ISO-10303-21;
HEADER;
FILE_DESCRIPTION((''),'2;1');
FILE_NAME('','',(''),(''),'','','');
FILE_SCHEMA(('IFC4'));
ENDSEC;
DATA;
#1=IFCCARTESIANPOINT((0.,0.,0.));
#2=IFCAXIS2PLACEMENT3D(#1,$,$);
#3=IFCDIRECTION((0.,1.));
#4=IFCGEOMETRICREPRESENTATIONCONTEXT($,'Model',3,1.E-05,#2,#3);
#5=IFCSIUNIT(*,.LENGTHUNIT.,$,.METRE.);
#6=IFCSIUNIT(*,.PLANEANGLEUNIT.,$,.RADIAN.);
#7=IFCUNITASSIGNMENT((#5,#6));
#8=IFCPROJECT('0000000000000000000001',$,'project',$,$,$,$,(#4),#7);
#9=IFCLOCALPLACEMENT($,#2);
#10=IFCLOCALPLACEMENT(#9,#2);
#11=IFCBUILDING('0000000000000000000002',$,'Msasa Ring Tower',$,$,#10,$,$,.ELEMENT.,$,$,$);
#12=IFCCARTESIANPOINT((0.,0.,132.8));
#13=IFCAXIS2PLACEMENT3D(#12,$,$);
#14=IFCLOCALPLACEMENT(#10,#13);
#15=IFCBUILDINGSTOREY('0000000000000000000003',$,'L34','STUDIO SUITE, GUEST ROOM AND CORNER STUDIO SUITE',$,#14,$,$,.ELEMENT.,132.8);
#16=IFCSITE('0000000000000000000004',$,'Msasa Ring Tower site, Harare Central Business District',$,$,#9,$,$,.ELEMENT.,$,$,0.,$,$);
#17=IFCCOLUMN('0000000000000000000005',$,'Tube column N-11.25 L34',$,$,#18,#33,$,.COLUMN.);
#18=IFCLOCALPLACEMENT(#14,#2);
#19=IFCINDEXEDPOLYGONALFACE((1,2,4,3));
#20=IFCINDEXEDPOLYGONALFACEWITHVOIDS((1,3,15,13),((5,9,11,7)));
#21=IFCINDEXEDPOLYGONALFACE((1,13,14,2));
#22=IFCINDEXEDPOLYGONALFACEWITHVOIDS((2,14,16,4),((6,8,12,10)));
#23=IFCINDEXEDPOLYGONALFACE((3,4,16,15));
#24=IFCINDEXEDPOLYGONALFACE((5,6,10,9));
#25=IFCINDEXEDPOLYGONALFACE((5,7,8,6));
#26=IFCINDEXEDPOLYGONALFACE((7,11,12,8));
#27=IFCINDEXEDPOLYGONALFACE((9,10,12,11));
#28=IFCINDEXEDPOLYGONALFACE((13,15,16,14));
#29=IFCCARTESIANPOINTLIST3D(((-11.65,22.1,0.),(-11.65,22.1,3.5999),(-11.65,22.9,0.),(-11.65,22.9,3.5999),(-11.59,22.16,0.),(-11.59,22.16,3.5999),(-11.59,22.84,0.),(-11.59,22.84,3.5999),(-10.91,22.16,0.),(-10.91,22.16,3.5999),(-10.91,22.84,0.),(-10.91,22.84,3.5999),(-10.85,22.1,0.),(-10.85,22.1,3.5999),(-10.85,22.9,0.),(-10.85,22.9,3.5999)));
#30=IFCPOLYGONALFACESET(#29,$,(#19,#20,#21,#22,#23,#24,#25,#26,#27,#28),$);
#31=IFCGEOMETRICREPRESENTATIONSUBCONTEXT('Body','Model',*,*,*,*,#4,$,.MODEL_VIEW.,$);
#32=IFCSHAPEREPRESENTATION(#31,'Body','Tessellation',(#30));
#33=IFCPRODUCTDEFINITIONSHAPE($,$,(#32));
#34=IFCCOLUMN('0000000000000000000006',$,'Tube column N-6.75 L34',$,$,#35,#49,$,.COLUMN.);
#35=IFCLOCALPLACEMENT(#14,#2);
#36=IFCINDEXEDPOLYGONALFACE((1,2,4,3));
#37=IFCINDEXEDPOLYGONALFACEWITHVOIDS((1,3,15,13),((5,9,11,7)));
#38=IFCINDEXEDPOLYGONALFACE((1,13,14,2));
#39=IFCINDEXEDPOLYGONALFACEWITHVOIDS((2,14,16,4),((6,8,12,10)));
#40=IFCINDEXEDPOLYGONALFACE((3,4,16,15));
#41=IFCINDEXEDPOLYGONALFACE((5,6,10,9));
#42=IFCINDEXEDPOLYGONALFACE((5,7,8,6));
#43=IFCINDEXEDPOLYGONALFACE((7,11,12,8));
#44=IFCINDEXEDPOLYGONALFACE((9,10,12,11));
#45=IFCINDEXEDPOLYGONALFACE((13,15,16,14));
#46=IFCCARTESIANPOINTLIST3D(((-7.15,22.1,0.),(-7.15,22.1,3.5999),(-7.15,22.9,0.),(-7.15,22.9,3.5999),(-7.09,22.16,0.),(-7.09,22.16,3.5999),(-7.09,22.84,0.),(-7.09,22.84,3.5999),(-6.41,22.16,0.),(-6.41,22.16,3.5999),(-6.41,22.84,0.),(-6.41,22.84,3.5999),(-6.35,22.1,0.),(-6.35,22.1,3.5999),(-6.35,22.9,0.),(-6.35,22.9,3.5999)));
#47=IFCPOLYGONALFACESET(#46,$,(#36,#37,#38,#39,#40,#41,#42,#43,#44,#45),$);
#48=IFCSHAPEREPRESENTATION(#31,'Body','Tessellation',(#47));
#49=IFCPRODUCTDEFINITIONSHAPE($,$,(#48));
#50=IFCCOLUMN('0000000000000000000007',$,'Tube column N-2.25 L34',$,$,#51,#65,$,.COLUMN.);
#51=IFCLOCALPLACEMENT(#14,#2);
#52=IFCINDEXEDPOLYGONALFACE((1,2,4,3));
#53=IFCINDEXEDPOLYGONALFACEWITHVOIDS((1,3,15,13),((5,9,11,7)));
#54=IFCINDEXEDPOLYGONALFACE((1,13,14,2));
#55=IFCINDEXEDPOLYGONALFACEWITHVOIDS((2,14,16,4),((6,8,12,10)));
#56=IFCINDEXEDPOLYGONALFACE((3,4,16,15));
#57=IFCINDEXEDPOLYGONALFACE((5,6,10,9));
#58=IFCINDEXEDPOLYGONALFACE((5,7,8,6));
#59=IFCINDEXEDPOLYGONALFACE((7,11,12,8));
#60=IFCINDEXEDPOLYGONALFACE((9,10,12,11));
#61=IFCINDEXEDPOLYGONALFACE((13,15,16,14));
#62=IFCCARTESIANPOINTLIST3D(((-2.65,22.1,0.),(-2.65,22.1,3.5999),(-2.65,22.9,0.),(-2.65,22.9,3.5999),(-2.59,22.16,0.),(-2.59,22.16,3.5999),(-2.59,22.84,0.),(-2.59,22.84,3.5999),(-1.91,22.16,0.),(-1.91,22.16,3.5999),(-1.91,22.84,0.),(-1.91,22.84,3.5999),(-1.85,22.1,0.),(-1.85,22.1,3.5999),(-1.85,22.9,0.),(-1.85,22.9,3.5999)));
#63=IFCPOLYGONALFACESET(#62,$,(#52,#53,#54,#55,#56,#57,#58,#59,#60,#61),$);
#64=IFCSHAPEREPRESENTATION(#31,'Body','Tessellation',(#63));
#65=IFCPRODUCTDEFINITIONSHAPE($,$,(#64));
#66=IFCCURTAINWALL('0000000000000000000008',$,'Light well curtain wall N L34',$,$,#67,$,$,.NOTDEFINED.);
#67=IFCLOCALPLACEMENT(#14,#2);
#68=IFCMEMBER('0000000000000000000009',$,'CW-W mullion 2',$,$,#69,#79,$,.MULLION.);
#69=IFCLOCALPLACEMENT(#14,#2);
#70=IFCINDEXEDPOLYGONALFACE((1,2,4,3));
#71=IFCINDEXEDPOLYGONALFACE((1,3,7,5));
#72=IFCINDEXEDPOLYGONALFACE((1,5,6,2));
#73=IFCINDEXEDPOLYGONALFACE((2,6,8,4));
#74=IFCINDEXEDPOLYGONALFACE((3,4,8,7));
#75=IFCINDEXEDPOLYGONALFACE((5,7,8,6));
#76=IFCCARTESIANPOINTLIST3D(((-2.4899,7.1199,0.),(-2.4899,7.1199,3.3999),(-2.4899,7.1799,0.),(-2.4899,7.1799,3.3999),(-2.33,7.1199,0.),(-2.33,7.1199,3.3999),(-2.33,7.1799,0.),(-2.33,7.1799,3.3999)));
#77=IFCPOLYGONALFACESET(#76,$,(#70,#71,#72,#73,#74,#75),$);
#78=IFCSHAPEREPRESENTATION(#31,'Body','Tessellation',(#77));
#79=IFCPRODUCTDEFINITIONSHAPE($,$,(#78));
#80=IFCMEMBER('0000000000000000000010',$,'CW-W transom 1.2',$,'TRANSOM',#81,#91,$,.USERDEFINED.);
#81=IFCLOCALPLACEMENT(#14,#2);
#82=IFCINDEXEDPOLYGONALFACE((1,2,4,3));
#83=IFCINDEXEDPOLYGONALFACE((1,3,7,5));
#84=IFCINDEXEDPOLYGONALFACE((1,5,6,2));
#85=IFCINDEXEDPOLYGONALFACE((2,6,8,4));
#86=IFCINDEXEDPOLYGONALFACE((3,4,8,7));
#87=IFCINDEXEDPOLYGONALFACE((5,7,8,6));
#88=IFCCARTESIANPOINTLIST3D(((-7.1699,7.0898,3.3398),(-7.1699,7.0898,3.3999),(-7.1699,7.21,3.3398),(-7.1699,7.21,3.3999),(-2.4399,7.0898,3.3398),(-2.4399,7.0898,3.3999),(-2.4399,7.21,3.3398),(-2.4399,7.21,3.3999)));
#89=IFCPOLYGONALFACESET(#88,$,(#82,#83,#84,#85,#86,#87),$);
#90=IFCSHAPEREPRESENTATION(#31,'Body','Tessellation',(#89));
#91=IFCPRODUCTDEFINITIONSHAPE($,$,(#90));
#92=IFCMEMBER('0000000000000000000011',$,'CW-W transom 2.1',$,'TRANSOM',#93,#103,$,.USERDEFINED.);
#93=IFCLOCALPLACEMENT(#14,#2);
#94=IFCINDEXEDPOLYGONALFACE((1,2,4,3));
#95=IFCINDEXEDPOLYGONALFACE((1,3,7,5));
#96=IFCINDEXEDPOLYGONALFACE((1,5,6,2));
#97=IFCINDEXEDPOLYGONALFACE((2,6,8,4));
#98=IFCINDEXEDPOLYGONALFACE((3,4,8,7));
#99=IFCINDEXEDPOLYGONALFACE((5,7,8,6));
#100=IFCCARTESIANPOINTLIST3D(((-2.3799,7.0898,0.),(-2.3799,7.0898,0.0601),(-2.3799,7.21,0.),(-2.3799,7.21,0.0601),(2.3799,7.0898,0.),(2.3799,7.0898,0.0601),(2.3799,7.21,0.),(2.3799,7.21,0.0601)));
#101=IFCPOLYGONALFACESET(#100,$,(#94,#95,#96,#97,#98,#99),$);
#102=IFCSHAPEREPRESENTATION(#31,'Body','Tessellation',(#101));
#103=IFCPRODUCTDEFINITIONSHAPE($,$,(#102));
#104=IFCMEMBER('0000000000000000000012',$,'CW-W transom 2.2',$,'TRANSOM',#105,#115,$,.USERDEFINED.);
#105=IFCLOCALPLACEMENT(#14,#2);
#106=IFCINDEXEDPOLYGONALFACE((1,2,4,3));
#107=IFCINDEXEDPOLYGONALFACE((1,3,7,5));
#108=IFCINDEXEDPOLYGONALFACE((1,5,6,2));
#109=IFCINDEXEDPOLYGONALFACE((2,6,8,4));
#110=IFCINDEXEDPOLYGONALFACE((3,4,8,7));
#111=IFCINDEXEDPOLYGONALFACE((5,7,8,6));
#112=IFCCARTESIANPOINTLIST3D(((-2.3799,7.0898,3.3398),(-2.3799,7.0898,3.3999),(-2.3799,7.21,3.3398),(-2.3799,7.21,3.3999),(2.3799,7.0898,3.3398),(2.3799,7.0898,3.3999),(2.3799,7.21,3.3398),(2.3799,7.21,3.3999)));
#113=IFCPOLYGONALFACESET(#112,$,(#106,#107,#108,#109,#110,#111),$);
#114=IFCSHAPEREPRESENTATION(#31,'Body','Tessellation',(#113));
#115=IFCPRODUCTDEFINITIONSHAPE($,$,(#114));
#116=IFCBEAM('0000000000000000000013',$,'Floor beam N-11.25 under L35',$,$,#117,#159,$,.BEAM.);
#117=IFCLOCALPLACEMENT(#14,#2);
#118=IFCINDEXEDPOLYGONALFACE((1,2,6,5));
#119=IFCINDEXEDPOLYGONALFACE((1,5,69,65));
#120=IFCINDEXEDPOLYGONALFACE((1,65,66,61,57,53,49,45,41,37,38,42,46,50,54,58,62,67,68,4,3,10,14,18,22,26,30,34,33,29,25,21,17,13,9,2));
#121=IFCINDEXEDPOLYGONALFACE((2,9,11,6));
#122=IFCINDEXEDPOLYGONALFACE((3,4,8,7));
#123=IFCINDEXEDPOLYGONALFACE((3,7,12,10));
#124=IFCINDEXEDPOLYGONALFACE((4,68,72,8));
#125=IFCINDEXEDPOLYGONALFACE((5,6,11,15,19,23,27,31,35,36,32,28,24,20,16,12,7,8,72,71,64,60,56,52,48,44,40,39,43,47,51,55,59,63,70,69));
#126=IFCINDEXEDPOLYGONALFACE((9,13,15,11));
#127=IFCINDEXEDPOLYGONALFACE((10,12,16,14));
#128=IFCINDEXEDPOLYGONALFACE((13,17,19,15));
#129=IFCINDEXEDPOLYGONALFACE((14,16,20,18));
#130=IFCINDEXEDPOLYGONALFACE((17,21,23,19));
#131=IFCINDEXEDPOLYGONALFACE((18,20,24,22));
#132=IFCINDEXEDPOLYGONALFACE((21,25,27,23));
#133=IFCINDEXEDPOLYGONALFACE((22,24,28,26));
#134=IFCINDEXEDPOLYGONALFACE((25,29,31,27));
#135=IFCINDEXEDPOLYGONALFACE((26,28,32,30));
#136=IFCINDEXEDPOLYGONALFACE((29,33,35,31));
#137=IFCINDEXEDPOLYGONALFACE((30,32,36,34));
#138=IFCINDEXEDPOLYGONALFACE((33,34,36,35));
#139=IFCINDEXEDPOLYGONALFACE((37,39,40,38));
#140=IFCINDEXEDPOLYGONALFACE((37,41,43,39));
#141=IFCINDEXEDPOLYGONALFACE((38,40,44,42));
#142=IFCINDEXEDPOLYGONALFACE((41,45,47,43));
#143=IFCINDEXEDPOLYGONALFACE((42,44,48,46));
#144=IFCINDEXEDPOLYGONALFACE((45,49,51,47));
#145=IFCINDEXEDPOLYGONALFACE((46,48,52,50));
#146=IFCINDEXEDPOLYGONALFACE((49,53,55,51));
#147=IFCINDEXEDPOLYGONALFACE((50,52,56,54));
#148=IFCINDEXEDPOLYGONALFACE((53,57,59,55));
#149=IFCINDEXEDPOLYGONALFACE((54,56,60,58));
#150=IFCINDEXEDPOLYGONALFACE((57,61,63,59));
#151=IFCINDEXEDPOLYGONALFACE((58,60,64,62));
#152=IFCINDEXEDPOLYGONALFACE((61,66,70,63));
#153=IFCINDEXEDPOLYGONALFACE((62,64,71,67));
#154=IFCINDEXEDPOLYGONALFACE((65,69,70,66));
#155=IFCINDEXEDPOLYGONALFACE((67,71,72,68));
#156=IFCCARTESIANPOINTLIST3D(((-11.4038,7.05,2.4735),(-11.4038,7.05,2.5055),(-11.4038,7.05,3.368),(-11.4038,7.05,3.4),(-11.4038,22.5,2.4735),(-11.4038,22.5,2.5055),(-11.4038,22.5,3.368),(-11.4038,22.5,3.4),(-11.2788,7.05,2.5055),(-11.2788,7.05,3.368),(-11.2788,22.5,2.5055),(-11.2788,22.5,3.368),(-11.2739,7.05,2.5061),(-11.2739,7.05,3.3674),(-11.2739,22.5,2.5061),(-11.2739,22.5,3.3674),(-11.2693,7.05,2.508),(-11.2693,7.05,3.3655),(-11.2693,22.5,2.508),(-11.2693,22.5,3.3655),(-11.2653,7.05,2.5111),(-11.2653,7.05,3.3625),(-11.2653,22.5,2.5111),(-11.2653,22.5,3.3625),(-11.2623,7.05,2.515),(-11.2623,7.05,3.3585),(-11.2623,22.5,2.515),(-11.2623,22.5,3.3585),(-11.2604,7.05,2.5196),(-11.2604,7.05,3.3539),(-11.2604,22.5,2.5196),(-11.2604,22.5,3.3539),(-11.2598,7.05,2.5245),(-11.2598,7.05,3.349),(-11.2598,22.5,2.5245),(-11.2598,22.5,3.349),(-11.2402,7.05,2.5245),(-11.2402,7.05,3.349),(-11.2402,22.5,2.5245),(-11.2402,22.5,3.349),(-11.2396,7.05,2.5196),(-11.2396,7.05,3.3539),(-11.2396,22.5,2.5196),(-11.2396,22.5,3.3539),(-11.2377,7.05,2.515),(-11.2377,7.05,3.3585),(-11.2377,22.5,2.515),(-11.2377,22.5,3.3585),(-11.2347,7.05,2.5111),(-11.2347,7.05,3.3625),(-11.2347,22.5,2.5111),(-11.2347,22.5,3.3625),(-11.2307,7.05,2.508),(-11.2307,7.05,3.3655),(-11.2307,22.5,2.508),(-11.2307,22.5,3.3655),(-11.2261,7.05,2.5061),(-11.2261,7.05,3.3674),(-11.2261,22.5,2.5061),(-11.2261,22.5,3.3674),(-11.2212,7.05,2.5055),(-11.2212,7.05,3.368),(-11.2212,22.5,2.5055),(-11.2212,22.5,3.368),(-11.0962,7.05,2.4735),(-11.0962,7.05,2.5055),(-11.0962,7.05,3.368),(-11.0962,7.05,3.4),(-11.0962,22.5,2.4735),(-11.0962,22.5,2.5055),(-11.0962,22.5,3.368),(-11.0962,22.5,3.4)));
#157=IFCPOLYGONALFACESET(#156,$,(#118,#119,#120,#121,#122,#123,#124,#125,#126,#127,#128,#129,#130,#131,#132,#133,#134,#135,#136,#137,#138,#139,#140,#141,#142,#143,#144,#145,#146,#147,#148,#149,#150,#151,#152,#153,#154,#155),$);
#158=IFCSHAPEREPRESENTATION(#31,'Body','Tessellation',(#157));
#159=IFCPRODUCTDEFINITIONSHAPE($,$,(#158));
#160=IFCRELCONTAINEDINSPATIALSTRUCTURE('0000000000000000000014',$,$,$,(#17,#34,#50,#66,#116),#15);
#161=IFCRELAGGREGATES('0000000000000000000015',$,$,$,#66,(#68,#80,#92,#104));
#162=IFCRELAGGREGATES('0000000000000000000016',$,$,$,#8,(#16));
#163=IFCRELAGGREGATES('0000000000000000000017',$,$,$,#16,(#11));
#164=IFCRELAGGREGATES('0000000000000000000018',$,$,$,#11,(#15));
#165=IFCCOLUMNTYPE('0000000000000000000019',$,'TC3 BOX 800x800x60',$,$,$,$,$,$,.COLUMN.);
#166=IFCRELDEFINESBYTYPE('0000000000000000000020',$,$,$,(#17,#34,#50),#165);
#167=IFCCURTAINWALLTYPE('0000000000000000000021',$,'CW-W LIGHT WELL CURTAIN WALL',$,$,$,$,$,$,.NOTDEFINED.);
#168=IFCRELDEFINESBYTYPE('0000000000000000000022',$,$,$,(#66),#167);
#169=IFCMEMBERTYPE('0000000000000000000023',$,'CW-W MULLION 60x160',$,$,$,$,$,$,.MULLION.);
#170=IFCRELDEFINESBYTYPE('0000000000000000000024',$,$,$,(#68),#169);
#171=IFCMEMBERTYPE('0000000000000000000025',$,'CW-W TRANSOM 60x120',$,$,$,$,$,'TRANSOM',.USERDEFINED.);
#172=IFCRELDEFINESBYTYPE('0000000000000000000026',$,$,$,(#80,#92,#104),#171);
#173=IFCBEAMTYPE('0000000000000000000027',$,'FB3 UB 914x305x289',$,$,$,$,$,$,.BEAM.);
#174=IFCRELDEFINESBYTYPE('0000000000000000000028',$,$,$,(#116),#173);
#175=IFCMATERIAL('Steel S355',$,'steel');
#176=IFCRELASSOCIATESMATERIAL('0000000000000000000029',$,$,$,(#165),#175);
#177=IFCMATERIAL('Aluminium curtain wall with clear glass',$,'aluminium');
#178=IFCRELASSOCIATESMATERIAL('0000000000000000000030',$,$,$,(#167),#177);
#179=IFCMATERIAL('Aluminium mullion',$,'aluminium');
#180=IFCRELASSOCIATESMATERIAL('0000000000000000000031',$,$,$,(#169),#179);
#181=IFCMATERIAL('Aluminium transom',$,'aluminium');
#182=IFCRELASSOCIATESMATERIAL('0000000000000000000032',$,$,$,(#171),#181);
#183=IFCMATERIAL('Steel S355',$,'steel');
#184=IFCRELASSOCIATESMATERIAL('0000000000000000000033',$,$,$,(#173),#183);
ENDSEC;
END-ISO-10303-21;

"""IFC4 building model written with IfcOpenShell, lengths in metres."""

from ifc_helpers import new_model, si_unit, direction, frame, origin, origin_2d, place, context, subcontext, project, spatial, rectangle, hollow_rectangle, i_section, extrude, material, material_profile, profile_set, type_object, element, aggregate, save


model = new_model("IFC4")

# Units and contexts
model_context = context("Model", 3, precision=1e-05, world=origin(), true_north=direction((0.0, 1.0)))
body_context = subcontext(model_context, "Body", "Model", "MODEL_VIEW")
ifc_project = project(units=[si_unit("LENGTHUNIT", "METRE"), si_unit("PLANEANGLEUNIT", "RADIAN")], contexts=[model_context])

# Site, building, storey
site_placement = place(None, origin())
site = spatial("IfcSite", under=ifc_project, at=site_placement, Name="Msasa Ring Tower site, Harare Central Business District", CompositionType="ELEMENT", RefElevation=0.0)
building_placement = place(site_placement, origin())
building = spatial("IfcBuilding", under=site, at=building_placement, Name="Msasa Ring Tower", CompositionType="ELEMENT")
storey_placement = place(building_placement, frame((0.0, 0.0, 132.8)))
storey = spatial("IfcBuildingStorey", under=building, at=storey_placement, Name="L34", Description="STUDIO SUITE, GUEST ROOM AND CORNER STUDIO SUITE", CompositionType="ELEMENT", Elevation=132.8)

# Columns
ifc_material_1 = material(Name="Steel S355", Category="steel")
ifc_material_profile_1 = material_profile(ifc_material_1, hollow_rectangle(XDim=0.8, YDim=0.8, WallThickness=0.0601, at=origin_2d()), Name="BOX 800x800x60")
ifc_profile_set_1 = profile_set([ifc_material_profile_1], Name="Steel S355")
column_type = type_object("IfcColumnType", Name="TC3 BOX 800x800x60", PredefinedType="COLUMN", material=ifc_profile_set_1)
for number, where, z_axis, x_axis, name in (
    (1, (-11.25, 22.5, 0.0), (0.0, 0.0, 1.0), (0.0, 1.0, 0.0), "Tube column N-11.25 L34"),
    (2, (-6.75, 22.5, 0.0), (0.0, 0.0, 1.0), (0.0, 1.0, 0.0), "Tube column N-6.75 L34"),
    (3, (-2.25, 22.5, 0.0), (0.0, 0.0, 1.0), (0.0, 1.0, 0.0), "Tube column N-2.25 L34"),
):
    element("IfcColumn", number, at=place(storey_placement, frame(where, z_axis=z_axis, x_axis=x_axis)), inside=storey, type_object=column_type, Name=name, PredefinedType="COLUMN", context=body_context, shape_type="SweptSolid", body=[
        extrude(hollow_rectangle(XDim=0.8, YDim=0.8, WallThickness=0.0601, at=origin_2d()), origin(), (0.0, 0.0, 1.0), 3.5999),
    ])

# Curtain wall, members
ifc_material_2 = material(Name="Aluminium curtain wall with clear glass", Category="aluminium")
curtain_wall_type = type_object("IfcCurtainWallType", Name="CW-W LIGHT WELL CURTAIN WALL", PredefinedType="NOTDEFINED", material=ifc_material_2)
curtain_wall_placement = place(storey_placement, origin())
curtain_wall = element("IfcCurtainWall", 4, at=curtain_wall_placement, inside=storey, type_object=curtain_wall_type, Name="Light well curtain wall N L34", PredefinedType="NOTDEFINED")
ifc_material_3 = material(Name="Aluminium mullion", Category="aluminium")
ifc_material_profile_2 = material_profile(ifc_material_3, rectangle(XDim=0.0601, YDim=0.1599, at=origin_2d()), Name="AL 60x160")
ifc_profile_set_2 = profile_set([ifc_material_profile_2], Name="Aluminium mullion")
member_type_1 = type_object("IfcMemberType", Name="CW-W MULLION 60x160", PredefinedType="MULLION", material=ifc_profile_set_2)
member_1_placement = place(storey_placement, frame((-2.4099, 7.1499, 0.0), z_axis=(0.0, 0.0, 1.0), x_axis=(0.0, 1.0, 0.0)))
member_1 = element("IfcMember", 5, at=member_1_placement, type_object=member_type_1, Name="CW-W mullion 2", PredefinedType="MULLION", context=body_context, shape_type="SweptSolid", body=[
    extrude(rectangle(XDim=0.0601, YDim=0.1599, at=origin_2d()), origin(), (0.0, 0.0, 1.0), 3.3999),
])
ifc_material_4 = material(Name="Aluminium transom", Category="aluminium")
ifc_material_profile_3 = material_profile(ifc_material_4, rectangle(XDim=0.1201, YDim=0.0601, at=origin_2d()), Name="AL 60x120")
ifc_profile_set_3 = profile_set([ifc_material_profile_3], Name="Aluminium transom")
member_type_2 = type_object("IfcMemberType", Name="CW-W TRANSOM 60x120", ElementType="TRANSOM", PredefinedType="USERDEFINED", material=ifc_profile_set_3)
member_2_placement = place(storey_placement, frame((-7.1699, 7.1499, 3.3699), z_axis=(1.0, 0.0, 0.0), x_axis=(0.0, 1.0, 0.0)))
member_2 = element("IfcMember", 6, at=member_2_placement, type_object=member_type_2, Name="CW-W transom 1.2", ObjectType="TRANSOM", PredefinedType="USERDEFINED", context=body_context, shape_type="SweptSolid", body=[
    extrude(rectangle(XDim=0.1201, YDim=0.0601, at=origin_2d()), origin(), (0.0, 0.0, 1.0), 4.73),
])
member_3_placement = place(storey_placement, frame((-2.3799, 7.1499, 0.03), z_axis=(1.0, 0.0, 0.0), x_axis=(0.0, 1.0, 0.0)))
member_3 = element("IfcMember", 7, at=member_3_placement, type_object=member_type_2, Name="CW-W transom 2.1", ObjectType="TRANSOM", PredefinedType="USERDEFINED", context=body_context, shape_type="SweptSolid", body=[
    extrude(rectangle(XDim=0.1201, YDim=0.0601, at=origin_2d()), origin(), (0.0, 0.0, 1.0), 4.7598),
])
member_4_placement = place(storey_placement, frame((-2.3799, 7.1499, 3.3699), z_axis=(1.0, 0.0, 0.0), x_axis=(0.0, 1.0, 0.0)))
member_4 = element("IfcMember", 8, at=member_4_placement, type_object=member_type_2, Name="CW-W transom 2.2", ObjectType="TRANSOM", PredefinedType="USERDEFINED", context=body_context, shape_type="SweptSolid", body=[
    extrude(rectangle(XDim=0.1201, YDim=0.0601, at=origin_2d()), origin(), (0.0, 0.0, 1.0), 4.7598),
])

# Beam
ifc_material_5 = material(Name="Steel S355", Category="steel")
ifc_material_profile_4 = material_profile(ifc_material_5, i_section(OverallWidth=0.3076, OverallDepth=0.9265, WebThickness=0.0195, FlangeThickness=0.032, FilletRadius=0.019, at=origin_2d()), Name="UB 914x305x289")
ifc_profile_set_4 = profile_set([ifc_material_profile_4], Name="Steel S355")
beam_type_1 = type_object("IfcBeamType", Name="FB3 UB 914x305x289", PredefinedType="BEAM", material=ifc_profile_set_4)
beam_placement = place(storey_placement, frame((-11.25, 22.5, 2.9368), z_axis=(0.0, -1.0, 0.0), x_axis=(1.0, 0.0, 0.0)))
element("IfcBeam", 9, at=beam_placement, inside=storey, type_object=beam_type_1, Name="Floor beam N-11.25 under L35", PredefinedType="BEAM", context=body_context, shape_type="SweptSolid", body=[
    extrude(i_section(OverallWidth=0.3076, OverallDepth=0.9265, WebThickness=0.0195, FlangeThickness=0.032, FilletRadius=0.019, at=origin_2d()), origin(), (0.0, 0.0, 1.0), 15.45),
])

aggregate(curtain_wall, [member_1, member_2, member_3, member_4])

save(model, "model.ifc")
